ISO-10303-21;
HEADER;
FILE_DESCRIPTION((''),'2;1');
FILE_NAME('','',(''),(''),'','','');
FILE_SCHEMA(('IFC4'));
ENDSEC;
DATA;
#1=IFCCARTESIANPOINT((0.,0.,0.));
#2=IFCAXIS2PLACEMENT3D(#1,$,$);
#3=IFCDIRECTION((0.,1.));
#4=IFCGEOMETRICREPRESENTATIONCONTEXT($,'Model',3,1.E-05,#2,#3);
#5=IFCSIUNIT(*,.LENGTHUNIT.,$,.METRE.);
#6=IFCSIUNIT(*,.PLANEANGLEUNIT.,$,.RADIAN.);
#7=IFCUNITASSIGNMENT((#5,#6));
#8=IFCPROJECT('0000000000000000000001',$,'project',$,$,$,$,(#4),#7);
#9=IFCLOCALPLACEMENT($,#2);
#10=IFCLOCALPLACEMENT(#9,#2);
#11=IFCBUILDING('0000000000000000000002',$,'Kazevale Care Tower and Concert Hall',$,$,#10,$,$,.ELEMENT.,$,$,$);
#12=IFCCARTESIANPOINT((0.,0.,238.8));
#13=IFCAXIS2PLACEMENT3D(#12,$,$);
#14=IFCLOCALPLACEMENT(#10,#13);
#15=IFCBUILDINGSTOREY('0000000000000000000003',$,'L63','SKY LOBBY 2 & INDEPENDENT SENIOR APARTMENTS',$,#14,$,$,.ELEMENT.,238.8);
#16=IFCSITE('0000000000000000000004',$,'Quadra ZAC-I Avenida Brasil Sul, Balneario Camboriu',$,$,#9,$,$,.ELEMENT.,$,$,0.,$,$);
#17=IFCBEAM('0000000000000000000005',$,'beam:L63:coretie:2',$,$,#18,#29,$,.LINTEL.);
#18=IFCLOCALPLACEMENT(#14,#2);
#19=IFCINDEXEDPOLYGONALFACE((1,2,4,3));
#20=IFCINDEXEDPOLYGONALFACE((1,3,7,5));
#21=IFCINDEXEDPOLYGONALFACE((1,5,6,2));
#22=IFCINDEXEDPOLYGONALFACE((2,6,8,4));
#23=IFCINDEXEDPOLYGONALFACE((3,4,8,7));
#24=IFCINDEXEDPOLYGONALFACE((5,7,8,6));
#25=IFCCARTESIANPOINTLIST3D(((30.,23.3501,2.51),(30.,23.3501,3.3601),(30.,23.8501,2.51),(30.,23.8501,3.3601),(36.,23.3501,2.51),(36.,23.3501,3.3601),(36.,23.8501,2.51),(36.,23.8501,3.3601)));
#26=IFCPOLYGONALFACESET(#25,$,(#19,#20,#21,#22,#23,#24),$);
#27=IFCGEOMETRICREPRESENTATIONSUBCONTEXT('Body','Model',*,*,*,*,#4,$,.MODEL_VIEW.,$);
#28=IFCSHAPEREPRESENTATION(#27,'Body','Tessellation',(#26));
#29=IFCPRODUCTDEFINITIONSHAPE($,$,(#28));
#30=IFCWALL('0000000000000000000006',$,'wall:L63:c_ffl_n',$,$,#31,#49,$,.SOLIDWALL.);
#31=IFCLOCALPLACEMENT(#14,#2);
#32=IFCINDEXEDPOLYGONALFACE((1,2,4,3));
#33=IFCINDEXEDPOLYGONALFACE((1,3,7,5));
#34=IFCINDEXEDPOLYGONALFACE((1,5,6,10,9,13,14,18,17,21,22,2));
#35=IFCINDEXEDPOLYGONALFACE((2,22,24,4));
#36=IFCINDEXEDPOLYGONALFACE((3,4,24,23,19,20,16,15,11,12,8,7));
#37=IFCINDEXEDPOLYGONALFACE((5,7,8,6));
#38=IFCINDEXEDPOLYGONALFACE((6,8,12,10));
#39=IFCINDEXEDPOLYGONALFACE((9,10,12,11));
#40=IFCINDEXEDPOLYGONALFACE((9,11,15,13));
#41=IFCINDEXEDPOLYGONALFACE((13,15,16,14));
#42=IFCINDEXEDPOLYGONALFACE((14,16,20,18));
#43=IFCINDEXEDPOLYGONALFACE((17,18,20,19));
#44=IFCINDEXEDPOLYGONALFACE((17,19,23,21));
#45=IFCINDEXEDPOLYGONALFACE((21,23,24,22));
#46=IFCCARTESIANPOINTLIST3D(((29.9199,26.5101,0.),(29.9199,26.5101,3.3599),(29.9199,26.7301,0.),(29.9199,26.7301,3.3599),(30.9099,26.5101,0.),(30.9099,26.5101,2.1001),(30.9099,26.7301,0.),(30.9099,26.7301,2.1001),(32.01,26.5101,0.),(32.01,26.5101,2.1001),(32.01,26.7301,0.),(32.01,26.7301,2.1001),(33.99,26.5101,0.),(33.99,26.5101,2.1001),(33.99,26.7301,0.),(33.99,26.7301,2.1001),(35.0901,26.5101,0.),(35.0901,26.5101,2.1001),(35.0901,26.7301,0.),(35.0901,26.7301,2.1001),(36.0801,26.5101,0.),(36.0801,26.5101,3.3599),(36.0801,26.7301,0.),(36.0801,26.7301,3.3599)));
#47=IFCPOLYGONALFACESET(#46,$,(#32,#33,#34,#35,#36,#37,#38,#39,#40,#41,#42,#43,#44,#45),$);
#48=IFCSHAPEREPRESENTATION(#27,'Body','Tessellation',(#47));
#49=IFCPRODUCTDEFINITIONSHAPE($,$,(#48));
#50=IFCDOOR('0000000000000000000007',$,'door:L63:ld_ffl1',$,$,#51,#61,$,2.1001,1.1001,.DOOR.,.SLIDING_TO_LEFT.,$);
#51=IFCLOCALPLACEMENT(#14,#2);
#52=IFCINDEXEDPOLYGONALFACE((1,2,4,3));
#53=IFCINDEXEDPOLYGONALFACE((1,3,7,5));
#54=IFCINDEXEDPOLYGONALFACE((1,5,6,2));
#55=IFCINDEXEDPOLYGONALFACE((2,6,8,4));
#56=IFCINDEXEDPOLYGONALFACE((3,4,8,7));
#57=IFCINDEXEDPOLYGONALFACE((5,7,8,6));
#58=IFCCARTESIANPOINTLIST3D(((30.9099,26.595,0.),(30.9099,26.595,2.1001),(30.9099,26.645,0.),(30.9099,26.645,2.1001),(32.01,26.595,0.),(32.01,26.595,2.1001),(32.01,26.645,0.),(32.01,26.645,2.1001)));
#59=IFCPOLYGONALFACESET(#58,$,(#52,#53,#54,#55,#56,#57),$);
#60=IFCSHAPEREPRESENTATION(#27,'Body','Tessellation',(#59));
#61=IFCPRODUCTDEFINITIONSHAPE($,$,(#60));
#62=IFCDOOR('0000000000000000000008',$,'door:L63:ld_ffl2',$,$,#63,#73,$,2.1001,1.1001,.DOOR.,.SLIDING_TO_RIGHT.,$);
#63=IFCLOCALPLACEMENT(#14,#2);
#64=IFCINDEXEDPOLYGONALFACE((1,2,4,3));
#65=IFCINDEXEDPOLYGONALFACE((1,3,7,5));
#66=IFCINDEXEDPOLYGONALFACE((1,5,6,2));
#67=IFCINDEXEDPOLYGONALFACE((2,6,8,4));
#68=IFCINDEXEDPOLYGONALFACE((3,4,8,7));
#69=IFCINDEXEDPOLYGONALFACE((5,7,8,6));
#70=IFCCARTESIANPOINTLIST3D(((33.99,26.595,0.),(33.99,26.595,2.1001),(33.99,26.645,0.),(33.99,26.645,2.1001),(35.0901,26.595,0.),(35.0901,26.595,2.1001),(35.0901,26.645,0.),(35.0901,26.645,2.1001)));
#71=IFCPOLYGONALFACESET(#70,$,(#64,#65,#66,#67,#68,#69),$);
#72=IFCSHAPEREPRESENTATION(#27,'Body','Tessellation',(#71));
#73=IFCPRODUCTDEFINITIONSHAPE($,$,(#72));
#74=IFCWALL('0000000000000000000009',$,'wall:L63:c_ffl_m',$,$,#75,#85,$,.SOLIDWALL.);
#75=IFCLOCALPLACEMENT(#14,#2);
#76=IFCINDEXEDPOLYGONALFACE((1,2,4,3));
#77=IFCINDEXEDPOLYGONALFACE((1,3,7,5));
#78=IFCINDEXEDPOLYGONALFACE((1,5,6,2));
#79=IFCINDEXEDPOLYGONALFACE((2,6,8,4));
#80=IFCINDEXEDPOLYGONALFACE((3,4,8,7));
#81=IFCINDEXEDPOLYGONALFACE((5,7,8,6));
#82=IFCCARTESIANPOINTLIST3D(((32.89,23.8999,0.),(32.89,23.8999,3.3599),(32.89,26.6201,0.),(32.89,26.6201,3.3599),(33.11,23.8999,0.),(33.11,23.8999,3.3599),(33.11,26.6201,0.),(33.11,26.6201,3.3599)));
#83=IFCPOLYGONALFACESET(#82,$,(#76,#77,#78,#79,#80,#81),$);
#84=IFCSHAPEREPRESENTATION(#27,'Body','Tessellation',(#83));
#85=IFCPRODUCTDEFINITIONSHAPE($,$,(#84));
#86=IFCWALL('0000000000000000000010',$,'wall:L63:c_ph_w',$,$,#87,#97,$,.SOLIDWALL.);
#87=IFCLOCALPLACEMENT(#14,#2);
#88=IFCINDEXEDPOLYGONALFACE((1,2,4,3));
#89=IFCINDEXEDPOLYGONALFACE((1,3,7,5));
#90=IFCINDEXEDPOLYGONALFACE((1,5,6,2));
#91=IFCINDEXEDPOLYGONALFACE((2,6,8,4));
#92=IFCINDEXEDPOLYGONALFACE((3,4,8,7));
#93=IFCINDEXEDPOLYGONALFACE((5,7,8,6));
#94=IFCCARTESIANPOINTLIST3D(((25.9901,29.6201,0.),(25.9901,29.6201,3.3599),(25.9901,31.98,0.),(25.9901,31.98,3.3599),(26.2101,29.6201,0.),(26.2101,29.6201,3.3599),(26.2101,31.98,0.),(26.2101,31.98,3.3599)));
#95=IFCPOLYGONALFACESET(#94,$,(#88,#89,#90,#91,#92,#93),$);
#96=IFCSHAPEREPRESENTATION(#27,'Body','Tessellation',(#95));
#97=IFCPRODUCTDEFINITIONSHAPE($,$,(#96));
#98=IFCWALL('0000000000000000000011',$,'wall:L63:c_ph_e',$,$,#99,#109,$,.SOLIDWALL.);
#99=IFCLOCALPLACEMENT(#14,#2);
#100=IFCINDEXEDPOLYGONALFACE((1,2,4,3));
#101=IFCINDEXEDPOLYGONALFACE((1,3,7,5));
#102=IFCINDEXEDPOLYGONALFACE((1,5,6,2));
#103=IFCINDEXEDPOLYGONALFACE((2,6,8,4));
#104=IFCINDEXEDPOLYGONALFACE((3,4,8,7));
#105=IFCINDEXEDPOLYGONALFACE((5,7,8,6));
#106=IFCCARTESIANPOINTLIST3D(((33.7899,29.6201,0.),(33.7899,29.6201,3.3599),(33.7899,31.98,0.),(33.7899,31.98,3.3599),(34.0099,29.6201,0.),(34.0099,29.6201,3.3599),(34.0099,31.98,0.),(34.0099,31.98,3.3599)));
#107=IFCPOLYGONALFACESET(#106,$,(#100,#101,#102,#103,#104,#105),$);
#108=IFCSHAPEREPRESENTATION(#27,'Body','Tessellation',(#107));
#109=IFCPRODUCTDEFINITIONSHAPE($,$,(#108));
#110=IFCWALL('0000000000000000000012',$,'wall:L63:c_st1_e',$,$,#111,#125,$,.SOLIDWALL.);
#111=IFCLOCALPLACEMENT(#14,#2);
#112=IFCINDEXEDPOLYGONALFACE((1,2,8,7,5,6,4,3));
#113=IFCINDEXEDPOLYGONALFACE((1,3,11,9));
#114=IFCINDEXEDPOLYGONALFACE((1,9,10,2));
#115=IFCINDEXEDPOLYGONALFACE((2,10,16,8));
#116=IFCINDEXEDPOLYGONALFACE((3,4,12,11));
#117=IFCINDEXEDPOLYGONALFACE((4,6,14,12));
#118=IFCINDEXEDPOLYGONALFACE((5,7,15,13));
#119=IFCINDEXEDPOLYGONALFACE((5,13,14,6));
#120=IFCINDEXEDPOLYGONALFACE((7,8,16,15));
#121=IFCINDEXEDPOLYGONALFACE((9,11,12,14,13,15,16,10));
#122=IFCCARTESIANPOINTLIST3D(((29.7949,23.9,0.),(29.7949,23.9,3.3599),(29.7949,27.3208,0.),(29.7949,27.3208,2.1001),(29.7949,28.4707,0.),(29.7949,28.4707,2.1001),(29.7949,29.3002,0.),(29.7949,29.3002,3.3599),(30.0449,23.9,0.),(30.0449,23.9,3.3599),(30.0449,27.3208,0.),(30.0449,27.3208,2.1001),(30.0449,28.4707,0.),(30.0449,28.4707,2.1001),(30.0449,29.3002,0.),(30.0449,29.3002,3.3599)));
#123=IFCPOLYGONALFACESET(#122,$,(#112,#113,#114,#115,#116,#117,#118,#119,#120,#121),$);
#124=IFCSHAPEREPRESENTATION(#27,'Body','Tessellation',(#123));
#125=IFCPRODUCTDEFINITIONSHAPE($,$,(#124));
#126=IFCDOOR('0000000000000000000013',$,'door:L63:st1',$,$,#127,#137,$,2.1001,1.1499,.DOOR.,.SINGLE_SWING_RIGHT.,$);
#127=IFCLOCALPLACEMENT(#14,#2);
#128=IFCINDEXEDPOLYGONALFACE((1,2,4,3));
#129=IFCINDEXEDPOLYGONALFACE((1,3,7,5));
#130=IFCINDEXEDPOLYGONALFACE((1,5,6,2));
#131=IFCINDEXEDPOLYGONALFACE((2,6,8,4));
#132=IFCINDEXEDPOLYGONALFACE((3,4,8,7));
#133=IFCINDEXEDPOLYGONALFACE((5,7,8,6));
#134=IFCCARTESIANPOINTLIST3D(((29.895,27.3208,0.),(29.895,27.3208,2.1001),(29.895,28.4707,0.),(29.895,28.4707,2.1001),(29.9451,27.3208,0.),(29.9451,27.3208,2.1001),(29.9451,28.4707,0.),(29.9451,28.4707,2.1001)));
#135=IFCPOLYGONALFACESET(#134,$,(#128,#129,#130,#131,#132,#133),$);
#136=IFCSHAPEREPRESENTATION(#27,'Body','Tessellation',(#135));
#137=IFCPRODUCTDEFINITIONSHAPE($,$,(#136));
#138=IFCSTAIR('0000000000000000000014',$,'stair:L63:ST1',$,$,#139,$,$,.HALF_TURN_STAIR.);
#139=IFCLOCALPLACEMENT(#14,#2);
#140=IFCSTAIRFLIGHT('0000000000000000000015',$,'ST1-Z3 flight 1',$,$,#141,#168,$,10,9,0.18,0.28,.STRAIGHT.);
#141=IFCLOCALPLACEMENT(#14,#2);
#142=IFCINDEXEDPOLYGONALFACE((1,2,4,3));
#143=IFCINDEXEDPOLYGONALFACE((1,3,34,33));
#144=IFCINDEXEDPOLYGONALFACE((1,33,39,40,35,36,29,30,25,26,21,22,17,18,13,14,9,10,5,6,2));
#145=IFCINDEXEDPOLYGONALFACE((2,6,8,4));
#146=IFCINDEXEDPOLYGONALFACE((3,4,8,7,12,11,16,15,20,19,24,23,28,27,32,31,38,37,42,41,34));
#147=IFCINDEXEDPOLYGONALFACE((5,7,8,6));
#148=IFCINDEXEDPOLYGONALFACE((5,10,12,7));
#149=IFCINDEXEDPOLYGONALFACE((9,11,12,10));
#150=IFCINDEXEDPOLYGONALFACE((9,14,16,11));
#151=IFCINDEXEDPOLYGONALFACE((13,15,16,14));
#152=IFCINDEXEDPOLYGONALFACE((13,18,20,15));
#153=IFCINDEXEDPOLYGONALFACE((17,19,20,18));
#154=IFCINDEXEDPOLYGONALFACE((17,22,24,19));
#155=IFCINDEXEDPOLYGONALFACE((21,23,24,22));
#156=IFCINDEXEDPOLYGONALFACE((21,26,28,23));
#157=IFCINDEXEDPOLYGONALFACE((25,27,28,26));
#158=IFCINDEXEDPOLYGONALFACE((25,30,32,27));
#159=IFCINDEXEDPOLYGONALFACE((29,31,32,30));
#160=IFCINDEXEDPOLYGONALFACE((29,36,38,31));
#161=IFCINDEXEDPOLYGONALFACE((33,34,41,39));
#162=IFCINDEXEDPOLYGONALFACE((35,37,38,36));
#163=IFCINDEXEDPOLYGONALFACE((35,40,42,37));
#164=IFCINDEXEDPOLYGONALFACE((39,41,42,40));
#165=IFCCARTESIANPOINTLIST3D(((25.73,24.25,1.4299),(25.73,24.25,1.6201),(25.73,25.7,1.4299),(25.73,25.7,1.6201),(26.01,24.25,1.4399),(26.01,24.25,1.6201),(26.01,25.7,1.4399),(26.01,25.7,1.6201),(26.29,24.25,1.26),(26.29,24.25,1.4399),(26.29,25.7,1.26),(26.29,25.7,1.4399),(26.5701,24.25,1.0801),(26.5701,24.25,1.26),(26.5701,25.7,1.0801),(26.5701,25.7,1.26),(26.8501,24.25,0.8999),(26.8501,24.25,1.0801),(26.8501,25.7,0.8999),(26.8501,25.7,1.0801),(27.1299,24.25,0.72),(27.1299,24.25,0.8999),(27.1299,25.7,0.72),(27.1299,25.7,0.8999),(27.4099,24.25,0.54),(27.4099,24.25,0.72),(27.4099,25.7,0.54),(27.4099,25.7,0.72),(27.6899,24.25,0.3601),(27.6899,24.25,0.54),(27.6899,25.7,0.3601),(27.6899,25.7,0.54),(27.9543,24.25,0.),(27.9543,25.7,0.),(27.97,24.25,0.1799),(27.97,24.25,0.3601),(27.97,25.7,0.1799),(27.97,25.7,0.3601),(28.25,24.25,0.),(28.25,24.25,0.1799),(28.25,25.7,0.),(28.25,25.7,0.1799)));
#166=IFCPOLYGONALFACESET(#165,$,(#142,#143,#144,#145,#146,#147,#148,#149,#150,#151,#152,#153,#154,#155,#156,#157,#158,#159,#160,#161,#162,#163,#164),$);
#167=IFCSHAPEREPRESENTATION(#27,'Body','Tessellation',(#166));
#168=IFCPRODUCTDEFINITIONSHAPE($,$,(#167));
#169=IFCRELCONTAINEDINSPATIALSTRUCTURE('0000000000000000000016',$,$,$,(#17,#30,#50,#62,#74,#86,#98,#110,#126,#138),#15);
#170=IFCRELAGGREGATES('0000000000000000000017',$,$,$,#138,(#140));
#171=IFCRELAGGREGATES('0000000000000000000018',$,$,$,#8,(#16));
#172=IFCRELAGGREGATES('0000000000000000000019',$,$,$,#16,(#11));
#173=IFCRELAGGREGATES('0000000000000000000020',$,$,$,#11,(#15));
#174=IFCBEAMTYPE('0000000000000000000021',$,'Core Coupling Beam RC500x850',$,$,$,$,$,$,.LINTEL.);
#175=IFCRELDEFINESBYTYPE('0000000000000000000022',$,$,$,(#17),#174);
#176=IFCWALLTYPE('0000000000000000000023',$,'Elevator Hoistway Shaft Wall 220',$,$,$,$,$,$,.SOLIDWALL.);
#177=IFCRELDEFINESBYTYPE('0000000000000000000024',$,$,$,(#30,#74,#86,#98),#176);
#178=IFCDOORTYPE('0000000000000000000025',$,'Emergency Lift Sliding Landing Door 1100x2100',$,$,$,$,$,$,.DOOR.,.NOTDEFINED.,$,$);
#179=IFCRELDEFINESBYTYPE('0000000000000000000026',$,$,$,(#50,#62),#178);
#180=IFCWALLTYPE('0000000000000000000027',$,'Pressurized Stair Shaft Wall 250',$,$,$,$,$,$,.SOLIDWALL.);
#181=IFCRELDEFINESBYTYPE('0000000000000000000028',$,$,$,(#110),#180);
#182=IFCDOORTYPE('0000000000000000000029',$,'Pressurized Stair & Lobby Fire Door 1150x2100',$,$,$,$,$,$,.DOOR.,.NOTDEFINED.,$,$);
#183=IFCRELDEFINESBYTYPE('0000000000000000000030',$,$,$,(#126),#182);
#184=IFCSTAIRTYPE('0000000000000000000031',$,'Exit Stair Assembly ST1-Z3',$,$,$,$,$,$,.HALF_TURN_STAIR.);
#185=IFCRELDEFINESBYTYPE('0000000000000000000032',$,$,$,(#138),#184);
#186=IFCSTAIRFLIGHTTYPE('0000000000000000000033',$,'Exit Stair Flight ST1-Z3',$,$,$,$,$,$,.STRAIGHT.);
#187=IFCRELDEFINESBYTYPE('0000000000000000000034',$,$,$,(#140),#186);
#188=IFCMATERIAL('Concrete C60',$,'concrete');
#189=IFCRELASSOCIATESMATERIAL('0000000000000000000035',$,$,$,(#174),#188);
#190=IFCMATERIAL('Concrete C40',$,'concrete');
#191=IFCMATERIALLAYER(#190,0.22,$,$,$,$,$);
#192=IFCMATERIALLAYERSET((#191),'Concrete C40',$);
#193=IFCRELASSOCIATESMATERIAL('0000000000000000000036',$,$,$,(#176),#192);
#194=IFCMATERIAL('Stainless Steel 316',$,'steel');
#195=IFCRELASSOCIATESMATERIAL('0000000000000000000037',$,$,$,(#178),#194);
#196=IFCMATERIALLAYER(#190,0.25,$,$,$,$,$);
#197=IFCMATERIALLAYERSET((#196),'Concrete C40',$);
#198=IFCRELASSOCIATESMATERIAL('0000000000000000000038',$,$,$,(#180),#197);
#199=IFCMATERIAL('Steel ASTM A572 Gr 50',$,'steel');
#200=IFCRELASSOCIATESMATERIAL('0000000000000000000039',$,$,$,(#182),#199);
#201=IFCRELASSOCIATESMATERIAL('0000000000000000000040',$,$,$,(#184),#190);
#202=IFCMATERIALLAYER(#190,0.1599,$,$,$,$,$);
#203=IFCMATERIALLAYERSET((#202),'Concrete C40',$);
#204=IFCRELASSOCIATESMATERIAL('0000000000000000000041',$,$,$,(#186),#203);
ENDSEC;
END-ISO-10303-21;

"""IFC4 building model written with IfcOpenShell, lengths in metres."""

from ifc_helpers import new_model, si_unit, direction, frame, frame_2d, origin, origin_2d, place, context, subcontext, project, spatial, polyline, rectangle, outline, extrude, material, layer, layer_set, material_profile, profile_set, type_object, element, fill, aggregate, save


model = new_model("IFC4")

# Units and contexts
model_context = context("Model", 3, precision=1e-05, world=origin(), true_north=direction((0.0, 1.0)))
body_context = subcontext(model_context, "Body", "Model", "MODEL_VIEW")
ifc_project = project(units=[si_unit("LENGTHUNIT", "METRE"), si_unit("PLANEANGLEUNIT", "RADIAN")], contexts=[model_context])

# Site, building, storey
site_placement = place(None, origin())
site = spatial("IfcSite", under=ifc_project, at=site_placement, Name="Quadra ZAC-I Avenida Brasil Sul, Balneario Camboriu", CompositionType="ELEMENT", RefElevation=0.0)
building_placement = place(site_placement, origin())
building = spatial("IfcBuilding", under=site, at=building_placement, Name="Kazevale Care Tower and Concert Hall", CompositionType="ELEMENT")
storey_placement = place(building_placement, frame((0.0, 0.0, 238.8)))
storey = spatial("IfcBuildingStorey", under=building, at=storey_placement, Name="L63", Description="SKY LOBBY 2 & INDEPENDENT SENIOR APARTMENTS", CompositionType="ELEMENT", Elevation=238.8)

# Beam
ifc_material_1 = material(Name="Concrete C60", Category="concrete")
ifc_material_profile = material_profile(ifc_material_1, rectangle(XDim=0.5, YDim=0.8501, at=origin_2d()), Name="RC-B500x850")
ifc_profile_set = profile_set([ifc_material_profile], Name="Concrete C60")
beam_type = type_object("IfcBeamType", Name="Core Coupling Beam RC500x850", PredefinedType="LINTEL", material=ifc_profile_set)
beam_placement = place(storey_placement, frame((30.0, 23.6001, 2.9351), z_axis=(1.0, 0.0, 0.0), x_axis=(0.0, 1.0, 0.0)))
element("IfcBeam", 1, at=beam_placement, inside=storey, type_object=beam_type, Name="beam:L63:coretie:2", PredefinedType="LINTEL", context=body_context, shape_type="SweptSolid", body=[
    extrude(rectangle(XDim=0.5, YDim=0.8501, at=origin_2d()), origin(), (0.0, 0.0, 1.0), 6.0),
])

# Wall, openings, doors
ifc_material_2 = material(Name="Concrete C40", Category="concrete")
ifc_layer_1 = layer(ifc_material_2, 0.22)
ifc_layer_set_1 = layer_set([ifc_layer_1], Name="Concrete C40")
wall_type_1 = type_object("IfcWallType", Name="Elevator Hoistway Shaft Wall 220", PredefinedType="SOLIDWALL", material=ifc_layer_set_1)
wall_1_placement = place(storey_placement, frame((29.9199, 26.6201, 0.0), z_axis=(0.0, 0.0, 1.0), x_axis=(1.0, 0.0, 0.0)))
wall_1 = element("IfcWall", 2, at=wall_1_placement, inside=storey, type_object=wall_type_1, Name="wall:L63:c_ffl_n", PredefinedType="SOLIDWALL", context=body_context, shape_type="SweptSolid", body=[
    extrude(rectangle(XDim=6.1602, YDim=0.22, at=frame_2d((3.0801, 0.0))), origin(), (0.0, 0.0, 1.0), 3.3599),
])
opening_1_placement = place(wall_1_placement, frame((0.99, 0.0, 0.0)))
opening_1 = element("IfcOpeningElement", 3, at=opening_1_placement, cuts=wall_1, PredefinedType="OPENING", context=body_context, shape_type="SweptSolid", body=[
    extrude(rectangle(XDim=1.1001, YDim=2.1001, at=frame_2d((0.55, 1.05))), frame((0.0, 0.1199, 0.0), z_axis=(0.0, -1.0, 0.0), x_axis=(1.0, 0.0, 0.0)), (0.0, 0.0, 1.0), 0.24),
])
opening_2_placement = place(wall_1_placement, frame((4.0701, 0.0, 0.0)))
opening_2 = element("IfcOpeningElement", 4, at=opening_2_placement, cuts=wall_1, PredefinedType="OPENING", context=body_context, shape_type="SweptSolid", body=[
    extrude(rectangle(XDim=1.1001, YDim=2.1001, at=frame_2d((0.55, 1.05))), frame((0.0, 0.1199, 0.0), z_axis=(0.0, -1.0, 0.0), x_axis=(1.0, 0.0, 0.0)), (0.0, 0.0, 1.0), 0.24),
])
ifc_material_3 = material(Name="Stainless Steel 316", Category="steel")
door_type_1 = type_object("IfcDoorType", Name="Emergency Lift Sliding Landing Door 1100x2100", OperationType="NOTDEFINED", PredefinedType="DOOR", material=ifc_material_3)
door_1_placement = place(opening_1_placement, origin())
door_1 = element("IfcDoor", 5, at=door_1_placement, inside=storey, type_object=door_type_1, Name="door:L63:ld_ffl1", OperationType="SLIDING_TO_LEFT", OverallHeight=2.1001, OverallWidth=1.1001, PredefinedType="DOOR", context=body_context, shape_type="SweptSolid", body=[
    extrude(rectangle(XDim=1.1001, YDim=2.1001, at=frame_2d((0.55, 1.05))), frame((0.0, 0.0249, 0.0), z_axis=(0.0, -1.0, 0.0), x_axis=(1.0, 0.0, 0.0)), (0.0, 0.0, 1.0), 0.05),
])
fill(opening_1, door_1)
door_2_placement = place(opening_2_placement, origin())
door_2 = element("IfcDoor", 6, at=door_2_placement, inside=storey, type_object=door_type_1, Name="door:L63:ld_ffl2", OperationType="SLIDING_TO_RIGHT", OverallHeight=2.1001, OverallWidth=1.1001, PredefinedType="DOOR", context=body_context, shape_type="SweptSolid", body=[
    extrude(rectangle(XDim=1.1001, YDim=2.1001, at=frame_2d((0.55, 1.05))), frame((0.0, 0.0249, 0.0), z_axis=(0.0, -1.0, 0.0), x_axis=(1.0, 0.0, 0.0)), (0.0, 0.0, 1.0), 0.05),
])
fill(opening_2, door_2)

# Walls
wall_2_placement = place(storey_placement, frame((33.0, 23.8999, 0.0), z_axis=(0.0, 0.0, 1.0), x_axis=(0.0, 1.0, 0.0)))
element("IfcWall", 7, at=wall_2_placement, inside=storey, type_object=wall_type_1, Name="wall:L63:c_ffl_m", PredefinedType="SOLIDWALL", context=body_context, shape_type="SweptSolid", body=[
    extrude(rectangle(XDim=2.7202, YDim=0.22, at=frame_2d((1.3601, 0.0))), origin(), (0.0, 0.0, 1.0), 3.3599),
])
for number, where, z_axis, x_axis, name in (
    (8, (26.1001, 29.6201, 0.0), (0.0, 0.0, 1.0), (0.0, 1.0, 0.0), "wall:L63:c_ph_w"),
    (9, (33.8999, 29.6201, 0.0), (0.0, 0.0, 1.0), (0.0, 1.0, 0.0), "wall:L63:c_ph_e"),
):
    element("IfcWall", number, at=place(storey_placement, frame(where, z_axis=z_axis, x_axis=x_axis)), inside=storey, type_object=wall_type_1, Name=name, PredefinedType="SOLIDWALL", context=body_context, shape_type="SweptSolid", body=[
        extrude(rectangle(XDim=2.3599, YDim=0.22, at=frame_2d((1.1799, 0.0))), origin(), (0.0, 0.0, 1.0), 3.3599),
    ])

# Wall, opening, door
ifc_layer_2 = layer(ifc_material_2, 0.25)
ifc_layer_set_2 = layer_set([ifc_layer_2], Name="Concrete C40")
wall_type_2 = type_object("IfcWallType", Name="Pressurized Stair Shaft Wall 250", PredefinedType="SOLIDWALL", material=ifc_layer_set_2)
wall_3_placement = place(storey_placement, frame((29.9199, 23.8999, 0.0), z_axis=(0.0, 0.0, 1.0), x_axis=(0.0, 1.0, 0.0)))
wall_3 = element("IfcWall", 10, at=wall_3_placement, inside=storey, type_object=wall_type_2, Name="wall:L63:c_st1_e", PredefinedType="SOLIDWALL", context=body_context, shape_type="SweptSolid", body=[
    extrude(rectangle(XDim=5.4001, YDim=0.25, at=frame_2d((2.7002, 0.0))), origin(), (0.0, 0.0, 1.0), 3.3599),
])
opening_3_placement = place(wall_3_placement, frame((3.4209, 0.0, 0.0)))
opening_3 = element("IfcOpeningElement", 11, at=opening_3_placement, cuts=wall_3, PredefinedType="OPENING", context=body_context, shape_type="SweptSolid", body=[
    extrude(rectangle(XDim=1.1499, YDim=2.1001, at=frame_2d((0.575, 1.05))), frame((0.0, 0.135, 0.0), z_axis=(0.0, -1.0, 0.0), x_axis=(1.0, 0.0, 0.0)), (0.0, 0.0, 1.0), 0.27),
])
ifc_material_4 = material(Name="Steel ASTM A572 Gr 50", Category="steel")
door_type_2 = type_object("IfcDoorType", Name="Pressurized Stair & Lobby Fire Door 1150x2100", OperationType="NOTDEFINED", PredefinedType="DOOR", material=ifc_material_4)
door_3_placement = place(opening_3_placement, origin())
door_3 = element("IfcDoor", 12, at=door_3_placement, inside=storey, type_object=door_type_2, Name="door:L63:st1", OperationType="SINGLE_SWING_RIGHT", OverallHeight=2.1001, OverallWidth=1.1499, PredefinedType="DOOR", context=body_context, shape_type="SweptSolid", body=[
    extrude(rectangle(XDim=1.1499, YDim=2.1001, at=frame_2d((0.575, 1.05))), frame((0.0, 0.0249, 0.0), z_axis=(0.0, -1.0, 0.0), x_axis=(1.0, 0.0, 0.0)), (0.0, 0.0, 1.0), 0.05),
])
fill(opening_3, door_3)

# Stair, stair flight
stair_type = type_object("IfcStairType", Name="Exit Stair Assembly ST1-Z3", PredefinedType="HALF_TURN_STAIR", material=ifc_material_2)
stair_placement = place(storey_placement, origin())
stair = element("IfcStair", 13, at=stair_placement, inside=storey, type_object=stair_type, Name="stair:L63:ST1", PredefinedType="HALF_TURN_STAIR")
ifc_layer_3 = layer(ifc_material_2, 0.1599)
ifc_layer_set_3 = layer_set([ifc_layer_3], Name="Concrete C40")
stair_flight_type = type_object("IfcStairFlightType", Name="Exit Stair Flight ST1-Z3", PredefinedType="STRAIGHT", material=ifc_layer_set_3)
stair_flight_1_placement = place(storey_placement, frame((28.25, 24.9751, 0.0), z_axis=(0.0, 0.0, 1.0), x_axis=(-1.0, 0.0, 0.0)))
stair_flight_1 = element("IfcStairFlight", 14, at=stair_flight_1_placement, type_object=stair_flight_type, Name="ST1-Z3 flight 1", NumberOfRisers=10, NumberOfTreads=9, PredefinedType="STRAIGHT", RiserHeight=0.18, TreadLength=0.28, context=body_context, shape_type="SweptSolid", body=[
    extrude(outline(polyline([(0.0, 0.0), (0.0, 0.1799), (0.28, 0.1799), (0.28, 0.3601), (0.5601, 0.3601), (0.5601, 0.54), (0.8401, 0.54), (0.8401, 0.72), (1.1201, 0.72), (1.1201, 0.8999), (1.3999, 0.8999), (1.3999, 1.0801), (1.6799, 1.0801), (1.6799, 1.26), (1.96, 1.26), (1.96, 1.4399), (2.24, 1.4399), (2.24, 1.6201), (2.52, 1.6201), (2.52, 1.8), (2.52, 1.4299), (0.2957, 0.0), (0.0, 0.0)])), frame((0.0, 0.7251, 0.0), z_axis=(0.0, -1.0, 0.0), x_axis=(1.0, 0.0, 0.0)), (0.0, 0.0, 1.0), 1.45),
])
aggregate(stair, [stair_flight_1])

save(model, "model.ifc")
